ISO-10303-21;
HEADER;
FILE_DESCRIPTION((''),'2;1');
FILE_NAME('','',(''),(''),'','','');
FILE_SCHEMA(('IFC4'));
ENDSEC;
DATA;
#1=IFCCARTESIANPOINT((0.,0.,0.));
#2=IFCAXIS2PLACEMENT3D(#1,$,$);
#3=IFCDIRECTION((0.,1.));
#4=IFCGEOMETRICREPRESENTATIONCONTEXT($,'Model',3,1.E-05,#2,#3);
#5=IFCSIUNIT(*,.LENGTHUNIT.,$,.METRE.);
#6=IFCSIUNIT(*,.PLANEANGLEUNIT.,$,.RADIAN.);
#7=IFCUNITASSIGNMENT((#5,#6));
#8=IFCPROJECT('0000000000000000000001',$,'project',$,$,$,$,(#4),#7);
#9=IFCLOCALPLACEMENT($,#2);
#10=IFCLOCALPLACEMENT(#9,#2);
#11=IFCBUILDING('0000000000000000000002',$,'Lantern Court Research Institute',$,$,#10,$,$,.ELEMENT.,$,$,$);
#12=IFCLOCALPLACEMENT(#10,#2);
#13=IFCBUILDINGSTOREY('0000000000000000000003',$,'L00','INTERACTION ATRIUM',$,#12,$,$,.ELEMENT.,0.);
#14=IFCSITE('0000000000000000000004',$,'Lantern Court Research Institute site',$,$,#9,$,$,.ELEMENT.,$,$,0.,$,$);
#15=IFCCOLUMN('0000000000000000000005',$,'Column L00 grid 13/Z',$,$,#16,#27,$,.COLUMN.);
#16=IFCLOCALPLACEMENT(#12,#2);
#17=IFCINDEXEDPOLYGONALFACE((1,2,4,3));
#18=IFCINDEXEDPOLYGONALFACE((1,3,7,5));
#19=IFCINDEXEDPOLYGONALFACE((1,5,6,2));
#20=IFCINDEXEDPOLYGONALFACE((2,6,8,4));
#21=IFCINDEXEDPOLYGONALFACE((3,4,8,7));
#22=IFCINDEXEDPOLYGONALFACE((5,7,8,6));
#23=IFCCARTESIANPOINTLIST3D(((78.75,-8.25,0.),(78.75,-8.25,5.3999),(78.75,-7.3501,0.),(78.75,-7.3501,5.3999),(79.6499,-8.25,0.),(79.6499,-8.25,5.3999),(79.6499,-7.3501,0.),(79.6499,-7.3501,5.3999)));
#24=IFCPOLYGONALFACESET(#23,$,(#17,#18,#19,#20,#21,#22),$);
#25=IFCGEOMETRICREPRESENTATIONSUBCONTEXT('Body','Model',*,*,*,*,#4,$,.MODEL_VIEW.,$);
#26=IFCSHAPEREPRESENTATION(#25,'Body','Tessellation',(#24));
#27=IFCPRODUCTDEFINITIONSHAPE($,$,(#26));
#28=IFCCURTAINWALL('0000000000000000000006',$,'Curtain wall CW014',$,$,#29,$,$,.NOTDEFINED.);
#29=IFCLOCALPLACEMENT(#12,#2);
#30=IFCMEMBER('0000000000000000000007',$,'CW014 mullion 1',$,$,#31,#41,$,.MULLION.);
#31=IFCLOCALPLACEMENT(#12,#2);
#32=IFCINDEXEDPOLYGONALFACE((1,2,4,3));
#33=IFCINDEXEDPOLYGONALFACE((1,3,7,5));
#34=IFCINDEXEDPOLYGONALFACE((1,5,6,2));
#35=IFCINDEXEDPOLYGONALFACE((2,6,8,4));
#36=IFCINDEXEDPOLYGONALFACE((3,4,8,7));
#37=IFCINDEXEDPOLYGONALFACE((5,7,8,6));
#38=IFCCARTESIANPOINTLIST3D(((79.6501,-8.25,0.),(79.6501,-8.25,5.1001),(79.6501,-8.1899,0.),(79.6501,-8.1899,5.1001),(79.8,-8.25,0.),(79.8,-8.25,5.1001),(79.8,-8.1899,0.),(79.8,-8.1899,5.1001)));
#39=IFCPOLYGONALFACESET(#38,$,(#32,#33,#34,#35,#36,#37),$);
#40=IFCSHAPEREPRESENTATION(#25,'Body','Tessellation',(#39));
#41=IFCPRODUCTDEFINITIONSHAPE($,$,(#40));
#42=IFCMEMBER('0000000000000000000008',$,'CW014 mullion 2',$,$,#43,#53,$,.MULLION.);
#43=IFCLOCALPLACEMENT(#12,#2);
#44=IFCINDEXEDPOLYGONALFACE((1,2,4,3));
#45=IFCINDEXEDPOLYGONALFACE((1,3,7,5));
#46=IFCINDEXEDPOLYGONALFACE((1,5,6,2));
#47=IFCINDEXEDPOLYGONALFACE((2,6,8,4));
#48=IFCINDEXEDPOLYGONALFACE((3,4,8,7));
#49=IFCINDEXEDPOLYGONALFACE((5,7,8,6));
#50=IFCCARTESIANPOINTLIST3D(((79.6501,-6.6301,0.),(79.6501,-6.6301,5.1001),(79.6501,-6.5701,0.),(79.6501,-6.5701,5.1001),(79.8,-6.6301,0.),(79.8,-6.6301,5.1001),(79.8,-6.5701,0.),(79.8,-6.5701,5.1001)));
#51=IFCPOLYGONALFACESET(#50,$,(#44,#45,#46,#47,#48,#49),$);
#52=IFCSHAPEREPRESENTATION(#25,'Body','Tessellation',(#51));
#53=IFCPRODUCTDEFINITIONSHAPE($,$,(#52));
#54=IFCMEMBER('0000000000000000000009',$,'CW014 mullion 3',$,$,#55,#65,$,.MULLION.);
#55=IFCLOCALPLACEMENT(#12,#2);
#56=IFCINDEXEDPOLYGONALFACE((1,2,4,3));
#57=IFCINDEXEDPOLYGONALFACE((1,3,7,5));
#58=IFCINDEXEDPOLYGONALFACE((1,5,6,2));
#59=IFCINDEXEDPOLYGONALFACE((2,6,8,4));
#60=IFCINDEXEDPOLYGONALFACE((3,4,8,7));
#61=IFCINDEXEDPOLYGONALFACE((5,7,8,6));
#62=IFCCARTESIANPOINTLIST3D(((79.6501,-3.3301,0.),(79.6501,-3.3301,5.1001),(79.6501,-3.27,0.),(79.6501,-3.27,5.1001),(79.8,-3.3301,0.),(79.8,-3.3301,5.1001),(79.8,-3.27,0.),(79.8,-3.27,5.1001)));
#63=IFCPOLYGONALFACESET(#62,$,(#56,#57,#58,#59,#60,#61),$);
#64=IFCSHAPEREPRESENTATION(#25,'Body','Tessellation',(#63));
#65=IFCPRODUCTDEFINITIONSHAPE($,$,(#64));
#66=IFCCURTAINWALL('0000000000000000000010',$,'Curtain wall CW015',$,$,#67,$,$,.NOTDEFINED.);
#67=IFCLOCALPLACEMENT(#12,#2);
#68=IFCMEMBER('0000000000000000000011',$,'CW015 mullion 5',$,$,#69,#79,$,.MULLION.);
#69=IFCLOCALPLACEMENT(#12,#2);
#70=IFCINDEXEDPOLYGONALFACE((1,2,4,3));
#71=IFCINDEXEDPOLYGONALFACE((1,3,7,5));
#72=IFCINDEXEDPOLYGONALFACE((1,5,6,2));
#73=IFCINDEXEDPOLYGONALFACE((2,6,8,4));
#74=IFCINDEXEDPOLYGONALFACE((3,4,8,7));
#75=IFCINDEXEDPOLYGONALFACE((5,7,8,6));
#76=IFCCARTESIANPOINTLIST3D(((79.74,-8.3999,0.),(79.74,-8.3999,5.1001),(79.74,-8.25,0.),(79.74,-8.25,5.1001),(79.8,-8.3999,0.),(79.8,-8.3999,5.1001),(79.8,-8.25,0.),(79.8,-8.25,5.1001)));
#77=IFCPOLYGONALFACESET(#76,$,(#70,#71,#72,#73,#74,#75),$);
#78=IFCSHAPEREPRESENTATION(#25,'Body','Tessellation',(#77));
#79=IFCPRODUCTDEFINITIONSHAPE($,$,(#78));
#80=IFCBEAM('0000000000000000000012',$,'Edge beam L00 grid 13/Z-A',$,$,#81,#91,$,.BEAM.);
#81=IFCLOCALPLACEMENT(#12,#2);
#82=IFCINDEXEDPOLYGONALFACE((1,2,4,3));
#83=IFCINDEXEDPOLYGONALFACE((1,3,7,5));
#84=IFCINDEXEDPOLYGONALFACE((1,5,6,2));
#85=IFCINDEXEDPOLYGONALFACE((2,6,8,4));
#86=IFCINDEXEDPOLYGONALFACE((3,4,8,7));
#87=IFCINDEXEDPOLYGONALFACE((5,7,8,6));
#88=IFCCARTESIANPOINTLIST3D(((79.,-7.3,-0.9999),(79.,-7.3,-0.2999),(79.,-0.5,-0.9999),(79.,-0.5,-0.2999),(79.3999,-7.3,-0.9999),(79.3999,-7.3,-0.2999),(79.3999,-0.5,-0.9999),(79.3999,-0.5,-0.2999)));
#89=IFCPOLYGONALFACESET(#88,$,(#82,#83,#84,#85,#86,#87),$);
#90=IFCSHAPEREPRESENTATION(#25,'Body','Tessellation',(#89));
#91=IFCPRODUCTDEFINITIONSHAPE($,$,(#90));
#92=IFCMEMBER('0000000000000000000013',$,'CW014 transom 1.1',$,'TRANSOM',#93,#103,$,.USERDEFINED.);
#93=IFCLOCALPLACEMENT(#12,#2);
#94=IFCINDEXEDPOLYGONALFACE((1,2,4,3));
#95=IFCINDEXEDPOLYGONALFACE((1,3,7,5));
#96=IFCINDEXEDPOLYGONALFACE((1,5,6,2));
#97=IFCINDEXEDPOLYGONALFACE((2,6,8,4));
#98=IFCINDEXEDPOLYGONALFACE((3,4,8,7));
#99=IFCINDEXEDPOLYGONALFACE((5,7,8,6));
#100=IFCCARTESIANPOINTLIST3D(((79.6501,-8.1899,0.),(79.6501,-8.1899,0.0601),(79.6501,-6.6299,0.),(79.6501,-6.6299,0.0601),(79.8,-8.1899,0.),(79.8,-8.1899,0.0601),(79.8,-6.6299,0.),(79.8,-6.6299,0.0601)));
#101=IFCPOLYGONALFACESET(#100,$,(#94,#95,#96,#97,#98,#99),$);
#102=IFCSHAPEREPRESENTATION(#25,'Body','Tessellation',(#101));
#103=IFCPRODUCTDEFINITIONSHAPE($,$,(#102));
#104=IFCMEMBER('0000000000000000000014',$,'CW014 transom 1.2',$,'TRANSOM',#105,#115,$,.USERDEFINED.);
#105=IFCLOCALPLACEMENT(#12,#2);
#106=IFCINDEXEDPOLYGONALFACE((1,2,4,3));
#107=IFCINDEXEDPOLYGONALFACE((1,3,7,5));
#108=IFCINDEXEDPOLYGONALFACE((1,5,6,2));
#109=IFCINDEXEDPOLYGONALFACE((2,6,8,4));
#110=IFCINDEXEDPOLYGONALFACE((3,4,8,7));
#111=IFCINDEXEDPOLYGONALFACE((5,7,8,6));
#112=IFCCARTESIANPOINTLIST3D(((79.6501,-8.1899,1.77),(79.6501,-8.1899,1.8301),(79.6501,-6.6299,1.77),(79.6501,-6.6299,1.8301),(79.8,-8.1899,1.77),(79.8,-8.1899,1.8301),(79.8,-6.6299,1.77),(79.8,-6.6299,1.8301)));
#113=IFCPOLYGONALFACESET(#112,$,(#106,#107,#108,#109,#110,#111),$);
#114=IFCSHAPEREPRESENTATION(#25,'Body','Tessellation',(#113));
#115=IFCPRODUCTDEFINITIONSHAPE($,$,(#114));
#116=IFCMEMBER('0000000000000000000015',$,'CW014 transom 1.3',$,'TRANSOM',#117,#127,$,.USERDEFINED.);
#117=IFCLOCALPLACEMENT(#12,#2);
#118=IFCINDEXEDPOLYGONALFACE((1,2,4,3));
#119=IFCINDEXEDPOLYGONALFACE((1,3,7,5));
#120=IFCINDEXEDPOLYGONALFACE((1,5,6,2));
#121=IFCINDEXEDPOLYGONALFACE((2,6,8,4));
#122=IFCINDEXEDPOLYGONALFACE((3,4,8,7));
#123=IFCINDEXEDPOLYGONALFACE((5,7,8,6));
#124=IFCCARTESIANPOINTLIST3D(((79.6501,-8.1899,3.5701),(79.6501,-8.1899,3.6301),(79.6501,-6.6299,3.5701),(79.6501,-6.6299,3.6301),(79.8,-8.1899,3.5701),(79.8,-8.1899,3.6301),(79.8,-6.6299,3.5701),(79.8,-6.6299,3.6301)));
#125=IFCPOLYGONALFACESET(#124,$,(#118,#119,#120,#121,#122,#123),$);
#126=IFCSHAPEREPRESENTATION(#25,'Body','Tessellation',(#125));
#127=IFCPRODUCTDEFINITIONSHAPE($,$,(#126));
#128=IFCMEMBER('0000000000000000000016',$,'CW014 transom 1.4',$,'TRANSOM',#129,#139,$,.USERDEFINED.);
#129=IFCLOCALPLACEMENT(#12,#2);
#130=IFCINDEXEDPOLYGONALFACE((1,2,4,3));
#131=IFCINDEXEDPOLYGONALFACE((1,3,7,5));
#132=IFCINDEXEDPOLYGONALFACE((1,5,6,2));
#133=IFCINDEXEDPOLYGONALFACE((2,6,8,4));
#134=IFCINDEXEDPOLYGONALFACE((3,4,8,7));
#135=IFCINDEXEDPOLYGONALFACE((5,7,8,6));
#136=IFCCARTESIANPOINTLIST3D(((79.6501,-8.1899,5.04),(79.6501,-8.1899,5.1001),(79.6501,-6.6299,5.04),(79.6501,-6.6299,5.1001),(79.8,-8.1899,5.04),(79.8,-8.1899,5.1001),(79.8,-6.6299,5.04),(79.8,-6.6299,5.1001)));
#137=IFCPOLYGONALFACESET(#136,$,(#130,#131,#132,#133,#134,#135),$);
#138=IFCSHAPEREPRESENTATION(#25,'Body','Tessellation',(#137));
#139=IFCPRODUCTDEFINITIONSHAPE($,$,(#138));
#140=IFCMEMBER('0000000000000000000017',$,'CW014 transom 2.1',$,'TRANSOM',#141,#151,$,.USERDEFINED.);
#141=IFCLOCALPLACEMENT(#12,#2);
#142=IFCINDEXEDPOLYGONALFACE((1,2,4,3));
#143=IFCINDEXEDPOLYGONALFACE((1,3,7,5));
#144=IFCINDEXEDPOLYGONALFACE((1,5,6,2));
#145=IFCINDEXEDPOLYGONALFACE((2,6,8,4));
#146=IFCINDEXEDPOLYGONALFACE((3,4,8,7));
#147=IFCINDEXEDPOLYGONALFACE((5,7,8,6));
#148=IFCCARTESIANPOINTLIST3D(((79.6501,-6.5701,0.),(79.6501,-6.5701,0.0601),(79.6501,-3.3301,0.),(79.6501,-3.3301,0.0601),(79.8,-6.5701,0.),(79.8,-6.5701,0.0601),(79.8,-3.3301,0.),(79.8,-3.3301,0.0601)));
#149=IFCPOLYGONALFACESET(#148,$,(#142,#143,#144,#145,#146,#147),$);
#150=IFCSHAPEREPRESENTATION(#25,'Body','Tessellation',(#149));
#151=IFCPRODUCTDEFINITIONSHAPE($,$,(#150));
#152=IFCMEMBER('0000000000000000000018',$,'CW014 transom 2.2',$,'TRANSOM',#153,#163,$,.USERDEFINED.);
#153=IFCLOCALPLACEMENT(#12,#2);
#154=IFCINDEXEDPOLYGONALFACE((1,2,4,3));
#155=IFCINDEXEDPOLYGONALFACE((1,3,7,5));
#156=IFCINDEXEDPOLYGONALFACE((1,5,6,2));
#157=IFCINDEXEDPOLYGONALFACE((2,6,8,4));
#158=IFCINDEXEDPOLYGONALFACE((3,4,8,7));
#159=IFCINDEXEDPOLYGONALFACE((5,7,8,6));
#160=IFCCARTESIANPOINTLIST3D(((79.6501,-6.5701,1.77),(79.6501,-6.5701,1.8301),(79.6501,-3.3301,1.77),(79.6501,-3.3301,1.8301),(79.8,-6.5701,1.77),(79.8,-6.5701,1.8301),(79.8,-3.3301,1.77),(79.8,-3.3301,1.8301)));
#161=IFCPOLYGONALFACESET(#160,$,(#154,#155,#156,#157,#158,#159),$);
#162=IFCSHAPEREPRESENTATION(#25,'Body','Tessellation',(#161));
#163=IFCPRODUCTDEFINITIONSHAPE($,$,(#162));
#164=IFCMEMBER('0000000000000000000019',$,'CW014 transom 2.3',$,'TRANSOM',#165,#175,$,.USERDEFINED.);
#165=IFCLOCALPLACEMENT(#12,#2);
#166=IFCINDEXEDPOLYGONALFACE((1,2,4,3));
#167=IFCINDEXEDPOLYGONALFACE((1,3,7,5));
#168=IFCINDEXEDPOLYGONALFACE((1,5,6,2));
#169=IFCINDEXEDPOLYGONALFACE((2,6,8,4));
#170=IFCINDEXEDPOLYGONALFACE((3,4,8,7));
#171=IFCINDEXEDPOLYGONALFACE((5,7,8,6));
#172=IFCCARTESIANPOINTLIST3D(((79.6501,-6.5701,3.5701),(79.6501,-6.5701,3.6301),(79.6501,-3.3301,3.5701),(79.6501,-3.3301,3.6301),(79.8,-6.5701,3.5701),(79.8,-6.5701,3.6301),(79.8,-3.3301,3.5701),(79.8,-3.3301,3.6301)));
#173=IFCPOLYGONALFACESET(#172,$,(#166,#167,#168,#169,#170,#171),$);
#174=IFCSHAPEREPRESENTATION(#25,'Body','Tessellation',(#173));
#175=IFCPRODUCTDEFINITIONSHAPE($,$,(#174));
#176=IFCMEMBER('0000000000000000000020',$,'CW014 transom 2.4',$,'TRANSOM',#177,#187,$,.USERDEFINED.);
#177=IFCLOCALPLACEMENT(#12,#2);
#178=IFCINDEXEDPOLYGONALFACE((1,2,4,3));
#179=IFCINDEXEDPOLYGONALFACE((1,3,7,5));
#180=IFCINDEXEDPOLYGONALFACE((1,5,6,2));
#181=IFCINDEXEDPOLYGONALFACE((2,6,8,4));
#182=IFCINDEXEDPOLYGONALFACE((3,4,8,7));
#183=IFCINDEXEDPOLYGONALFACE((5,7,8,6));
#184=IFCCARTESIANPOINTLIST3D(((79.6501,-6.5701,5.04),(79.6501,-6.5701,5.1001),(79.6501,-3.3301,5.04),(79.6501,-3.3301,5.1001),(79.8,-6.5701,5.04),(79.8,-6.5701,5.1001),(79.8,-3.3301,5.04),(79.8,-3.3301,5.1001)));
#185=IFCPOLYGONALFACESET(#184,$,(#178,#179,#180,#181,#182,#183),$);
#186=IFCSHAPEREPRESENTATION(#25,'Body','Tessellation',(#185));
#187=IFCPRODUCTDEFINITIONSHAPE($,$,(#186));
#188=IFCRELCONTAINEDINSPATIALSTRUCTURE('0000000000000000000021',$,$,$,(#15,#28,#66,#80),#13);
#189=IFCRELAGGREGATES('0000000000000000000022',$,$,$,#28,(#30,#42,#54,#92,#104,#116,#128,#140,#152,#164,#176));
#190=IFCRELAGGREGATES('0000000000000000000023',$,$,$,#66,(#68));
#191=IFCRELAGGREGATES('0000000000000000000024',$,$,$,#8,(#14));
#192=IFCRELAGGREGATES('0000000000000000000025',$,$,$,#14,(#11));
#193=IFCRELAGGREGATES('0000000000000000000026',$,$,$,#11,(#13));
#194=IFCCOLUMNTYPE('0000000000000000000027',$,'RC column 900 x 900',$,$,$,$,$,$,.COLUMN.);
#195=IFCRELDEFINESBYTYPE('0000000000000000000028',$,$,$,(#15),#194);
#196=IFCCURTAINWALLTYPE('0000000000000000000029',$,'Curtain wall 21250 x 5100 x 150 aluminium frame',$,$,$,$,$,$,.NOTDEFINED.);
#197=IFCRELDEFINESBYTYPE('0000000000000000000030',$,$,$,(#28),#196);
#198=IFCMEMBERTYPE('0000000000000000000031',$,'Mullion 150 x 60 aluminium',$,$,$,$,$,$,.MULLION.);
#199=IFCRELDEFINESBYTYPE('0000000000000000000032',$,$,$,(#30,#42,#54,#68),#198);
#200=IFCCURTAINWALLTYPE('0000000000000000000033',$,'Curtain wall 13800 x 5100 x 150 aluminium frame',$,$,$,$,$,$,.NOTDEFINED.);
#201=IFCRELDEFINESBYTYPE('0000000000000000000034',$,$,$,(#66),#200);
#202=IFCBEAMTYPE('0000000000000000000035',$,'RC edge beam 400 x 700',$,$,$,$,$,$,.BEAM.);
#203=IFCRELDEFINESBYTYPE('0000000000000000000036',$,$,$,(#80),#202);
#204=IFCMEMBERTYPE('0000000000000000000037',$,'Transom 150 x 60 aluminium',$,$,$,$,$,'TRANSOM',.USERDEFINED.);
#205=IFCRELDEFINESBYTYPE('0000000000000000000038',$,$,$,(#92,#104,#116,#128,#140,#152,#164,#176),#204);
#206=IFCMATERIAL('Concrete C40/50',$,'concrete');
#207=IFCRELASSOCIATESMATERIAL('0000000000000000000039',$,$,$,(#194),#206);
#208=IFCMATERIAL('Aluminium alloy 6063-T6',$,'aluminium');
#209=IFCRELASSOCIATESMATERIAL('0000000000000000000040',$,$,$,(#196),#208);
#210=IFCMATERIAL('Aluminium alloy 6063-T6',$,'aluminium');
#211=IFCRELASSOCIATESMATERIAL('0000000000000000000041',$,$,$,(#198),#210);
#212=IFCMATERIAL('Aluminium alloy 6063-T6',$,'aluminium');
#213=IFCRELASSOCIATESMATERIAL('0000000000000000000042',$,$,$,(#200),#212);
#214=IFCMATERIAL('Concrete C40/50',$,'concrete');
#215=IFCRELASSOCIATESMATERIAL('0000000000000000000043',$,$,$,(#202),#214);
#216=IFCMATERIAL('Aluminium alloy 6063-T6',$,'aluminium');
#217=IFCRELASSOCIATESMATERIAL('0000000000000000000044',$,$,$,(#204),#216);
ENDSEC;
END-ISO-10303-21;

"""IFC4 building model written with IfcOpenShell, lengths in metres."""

from ifc_helpers import new_model, si_unit, direction, frame, origin, origin_2d, place, context, subcontext, project, spatial, rectangle, extrude, material, material_profile, profile_set, type_object, element, aggregate, save


model = new_model("IFC4")

# Units and contexts
model_context = context("Model", 3, precision=1e-05, world=origin(), true_north=direction((0.0, 1.0)))
body_context = subcontext(model_context, "Body", "Model", "MODEL_VIEW")
ifc_project = project(units=[si_unit("LENGTHUNIT", "METRE"), si_unit("PLANEANGLEUNIT", "RADIAN")], contexts=[model_context])

# Site, building, storey
site_placement = place(None, origin())
site = spatial("IfcSite", under=ifc_project, at=site_placement, Name="Lantern Court Research Institute site", CompositionType="ELEMENT", RefElevation=0.0)
building_placement = place(site_placement, origin())
building = spatial("IfcBuilding", under=site, at=building_placement, Name="Lantern Court Research Institute", CompositionType="ELEMENT")
storey_placement = place(building_placement, origin())
storey = spatial("IfcBuildingStorey", under=building, at=storey_placement, Name="L00", Description="INTERACTION ATRIUM", CompositionType="ELEMENT", Elevation=0.0)

# Column
ifc_material_1 = material(Name="Concrete C40/50", Category="concrete")
ifc_material_profile_1 = material_profile(ifc_material_1, rectangle(XDim=0.8999, YDim=0.8999, at=origin_2d()), Name="RC column 900 x 900")
ifc_profile_set_1 = profile_set([ifc_material_profile_1], Name="Concrete C40/50")
column_type = type_object("IfcColumnType", Name="RC column 900 x 900", PredefinedType="COLUMN", material=ifc_profile_set_1)
column_placement = place(storey_placement, frame((79.2, -7.8, 0.0), z_axis=(0.0, 0.0, 1.0), x_axis=(1.0, 0.0, 0.0)))
element("IfcColumn", 1, at=column_placement, inside=storey, type_object=column_type, Name="Column L00 grid 13/Z", PredefinedType="COLUMN", context=body_context, shape_type="SweptSolid", body=[
    extrude(rectangle(XDim=0.8999, YDim=0.8999, at=origin_2d()), origin(), (0.0, 0.0, 1.0), 5.3999),
])

# Curtain wall, members
ifc_material_2 = material(Name="Aluminium alloy 6063-T6", Category="aluminium")
curtain_wall_type_1 = type_object("IfcCurtainWallType", Name="Curtain wall 21250 x 5100 x 150 aluminium frame", PredefinedType="NOTDEFINED", material=ifc_material_2)
curtain_wall_1_placement = place(storey_placement, origin())
curtain_wall_1 = element("IfcCurtainWall", 2, at=curtain_wall_1_placement, inside=storey, type_object=curtain_wall_type_1, Name="Curtain wall CW014", PredefinedType="NOTDEFINED")
ifc_material_3 = material(Name="Aluminium alloy 6063-T6", Category="aluminium")
ifc_material_profile_2 = material_profile(ifc_material_3, rectangle(XDim=0.1499, YDim=0.0601, at=origin_2d()), Name="Mullion 150 x 60")
ifc_profile_set_2 = profile_set([ifc_material_profile_2], Name="Aluminium alloy 6063-T6")
member_type_1 = type_object("IfcMemberType", Name="Mullion 150 x 60 aluminium", PredefinedType="MULLION", material=ifc_profile_set_2)
member_1_placement = place(storey_placement, frame((79.7251, -8.22, 0.0), z_axis=(0.0, 0.0, 1.0), x_axis=(1.0, 0.0, 0.0)))
member_1 = element("IfcMember", 3, at=member_1_placement, type_object=member_type_1, Name="CW014 mullion 1", PredefinedType="MULLION", context=body_context, shape_type="SweptSolid", body=[
    extrude(rectangle(XDim=0.1499, YDim=0.0601, at=origin_2d()), origin(), (0.0, 0.0, 1.0), 5.1001),
])
member_2_placement = place(storey_placement, frame((79.7251, -6.6001, 0.0), z_axis=(0.0, 0.0, 1.0), x_axis=(1.0, 0.0, 0.0)))
member_2 = element("IfcMember", 4, at=member_2_placement, type_object=member_type_1, Name="CW014 mullion 2", PredefinedType="MULLION", context=body_context, shape_type="SweptSolid", body=[
    extrude(rectangle(XDim=0.1499, YDim=0.0601, at=origin_2d()), origin(), (0.0, 0.0, 1.0), 5.1001),
])
member_3_placement = place(storey_placement, frame((79.7251, -3.3, 0.0), z_axis=(0.0, 0.0, 1.0), x_axis=(1.0, 0.0, 0.0)))
member_3 = element("IfcMember", 5, at=member_3_placement, type_object=member_type_1, Name="CW014 mullion 3", PredefinedType="MULLION", context=body_context, shape_type="SweptSolid", body=[
    extrude(rectangle(XDim=0.1499, YDim=0.0601, at=origin_2d()), origin(), (0.0, 0.0, 1.0), 5.1001),
])

# Curtain wall, member
ifc_material_4 = material(Name="Aluminium alloy 6063-T6", Category="aluminium")
curtain_wall_type_2 = type_object("IfcCurtainWallType", Name="Curtain wall 13800 x 5100 x 150 aluminium frame", PredefinedType="NOTDEFINED", material=ifc_material_4)
curtain_wall_2_placement = place(storey_placement, origin())
curtain_wall_2 = element("IfcCurtainWall", 6, at=curtain_wall_2_placement, inside=storey, type_object=curtain_wall_type_2, Name="Curtain wall CW015", PredefinedType="NOTDEFINED")
member_4_placement = place(storey_placement, frame((79.77, -8.325, 0.0), z_axis=(0.0, 0.0, 1.0), x_axis=(0.0, -1.0, 0.0)))
member_4 = element("IfcMember", 7, at=member_4_placement, type_object=member_type_1, Name="CW015 mullion 5", PredefinedType="MULLION", context=body_context, shape_type="SweptSolid", body=[
    extrude(rectangle(XDim=0.1499, YDim=0.0601, at=origin_2d()), origin(), (0.0, 0.0, 1.0), 5.1001),
])

# Beam
ifc_material_5 = material(Name="Concrete C40/50", Category="concrete")
ifc_material_profile_3 = material_profile(ifc_material_5, rectangle(XDim=0.3999, YDim=0.7, at=origin_2d()), Name="RC beam 400 x 700")
ifc_profile_set_3 = profile_set([ifc_material_profile_3], Name="Concrete C40/50")
beam_type = type_object("IfcBeamType", Name="RC edge beam 400 x 700", PredefinedType="BEAM", material=ifc_profile_set_3)
beam_placement = place(storey_placement, frame((79.2, -7.3, -0.6499), z_axis=(0.0, 1.0, 0.0), x_axis=(-1.0, 0.0, 0.0)))
element("IfcBeam", 8, at=beam_placement, inside=storey, type_object=beam_type, Name="Edge beam L00 grid 13/Z-A", PredefinedType="BEAM", context=body_context, shape_type="SweptSolid", body=[
    extrude(rectangle(XDim=0.3999, YDim=0.7, at=origin_2d()), origin(), (0.0, 0.0, 1.0), 6.8),
])

# Members
ifc_material_6 = material(Name="Aluminium alloy 6063-T6", Category="aluminium")
ifc_material_profile_4 = material_profile(ifc_material_6, rectangle(XDim=0.1499, YDim=0.0601, at=origin_2d()), Name="Transom 150 x 60")
ifc_profile_set_4 = profile_set([ifc_material_profile_4], Name="Aluminium alloy 6063-T6")
member_type_2 = type_object("IfcMemberType", Name="Transom 150 x 60 aluminium", ElementType="TRANSOM", PredefinedType="USERDEFINED", material=ifc_profile_set_4)
member_5_placement = place(storey_placement, frame((79.7251, -6.6299, 0.03), z_axis=(0.0, -1.0, 0.0), x_axis=(1.0, 0.0, 0.0)))
member_5 = element("IfcMember", 9, at=member_5_placement, type_object=member_type_2, Name="CW014 transom 1.1", ObjectType="TRANSOM", PredefinedType="USERDEFINED", context=body_context, shape_type="SweptSolid", body=[
    extrude(rectangle(XDim=0.1499, YDim=0.0601, at=origin_2d()), origin(), (0.0, 0.0, 1.0), 1.5601),
])
member_6_placement = place(storey_placement, frame((79.7251, -6.6299, 1.8), z_axis=(0.0, -1.0, 0.0), x_axis=(1.0, 0.0, 0.0)))
member_6 = element("IfcMember", 10, at=member_6_placement, type_object=member_type_2, Name="CW014 transom 1.2", ObjectType="TRANSOM", PredefinedType="USERDEFINED", context=body_context, shape_type="SweptSolid", body=[
    extrude(rectangle(XDim=0.1499, YDim=0.0601, at=origin_2d()), origin(), (0.0, 0.0, 1.0), 1.5601),
])
member_7_placement = place(storey_placement, frame((79.7251, -6.6299, 3.6001), z_axis=(0.0, -1.0, 0.0), x_axis=(1.0, 0.0, 0.0)))
member_7 = element("IfcMember", 11, at=member_7_placement, type_object=member_type_2, Name="CW014 transom 1.3", ObjectType="TRANSOM", PredefinedType="USERDEFINED", context=body_context, shape_type="SweptSolid", body=[
    extrude(rectangle(XDim=0.1499, YDim=0.0601, at=origin_2d()), origin(), (0.0, 0.0, 1.0), 1.5601),
])
member_8_placement = place(storey_placement, frame((79.7251, -6.6299, 5.0701), z_axis=(0.0, -1.0, 0.0), x_axis=(1.0, 0.0, 0.0)))
member_8 = element("IfcMember", 12, at=member_8_placement, type_object=member_type_2, Name="CW014 transom 1.4", ObjectType="TRANSOM", PredefinedType="USERDEFINED", context=body_context, shape_type="SweptSolid", body=[
    extrude(rectangle(XDim=0.1499, YDim=0.0601, at=origin_2d()), origin(), (0.0, 0.0, 1.0), 1.5601),
])
member_9_placement = place(storey_placement, frame((79.7251, -3.3301, 0.03), z_axis=(0.0, -1.0, 0.0), x_axis=(1.0, 0.0, 0.0)))
member_9 = element("IfcMember", 13, at=member_9_placement, type_object=member_type_2, Name="CW014 transom 2.1", ObjectType="TRANSOM", PredefinedType="USERDEFINED", context=body_context, shape_type="SweptSolid", body=[
    extrude(rectangle(XDim=0.1499, YDim=0.0601, at=origin_2d()), origin(), (0.0, 0.0, 1.0), 3.24),
])
member_10_placement = place(storey_placement, frame((79.7251, -3.3301, 1.8), z_axis=(0.0, -1.0, 0.0), x_axis=(1.0, 0.0, 0.0)))
member_10 = element("IfcMember", 14, at=member_10_placement, type_object=member_type_2, Name="CW014 transom 2.2", ObjectType="TRANSOM", PredefinedType="USERDEFINED", context=body_context, shape_type="SweptSolid", body=[
    extrude(rectangle(XDim=0.1499, YDim=0.0601, at=origin_2d()), origin(), (0.0, 0.0, 1.0), 3.24),
])
member_11_placement = place(storey_placement, frame((79.7251, -3.3301, 3.6001), z_axis=(0.0, -1.0, 0.0), x_axis=(1.0, 0.0, 0.0)))
member_11 = element("IfcMember", 15, at=member_11_placement, type_object=member_type_2, Name="CW014 transom 2.3", ObjectType="TRANSOM", PredefinedType="USERDEFINED", context=body_context, shape_type="SweptSolid", body=[
    extrude(rectangle(XDim=0.1499, YDim=0.0601, at=origin_2d()), origin(), (0.0, 0.0, 1.0), 3.24),
])
member_12_placement = place(storey_placement, frame((79.7251, -3.3301, 5.0701), z_axis=(0.0, -1.0, 0.0), x_axis=(1.0, 0.0, 0.0)))
member_12 = element("IfcMember", 16, at=member_12_placement, type_object=member_type_2, Name="CW014 transom 2.4", ObjectType="TRANSOM", PredefinedType="USERDEFINED", context=body_context, shape_type="SweptSolid", body=[
    extrude(rectangle(XDim=0.1499, YDim=0.0601, at=origin_2d()), origin(), (0.0, 0.0, 1.0), 3.24),
])

aggregate(curtain_wall_1, [member_1, member_2, member_3, member_5, member_6, member_7, member_8, member_9, member_10, member_11, member_12])
aggregate(curtain_wall_2, [member_4])

save(model, "model.ifc")
